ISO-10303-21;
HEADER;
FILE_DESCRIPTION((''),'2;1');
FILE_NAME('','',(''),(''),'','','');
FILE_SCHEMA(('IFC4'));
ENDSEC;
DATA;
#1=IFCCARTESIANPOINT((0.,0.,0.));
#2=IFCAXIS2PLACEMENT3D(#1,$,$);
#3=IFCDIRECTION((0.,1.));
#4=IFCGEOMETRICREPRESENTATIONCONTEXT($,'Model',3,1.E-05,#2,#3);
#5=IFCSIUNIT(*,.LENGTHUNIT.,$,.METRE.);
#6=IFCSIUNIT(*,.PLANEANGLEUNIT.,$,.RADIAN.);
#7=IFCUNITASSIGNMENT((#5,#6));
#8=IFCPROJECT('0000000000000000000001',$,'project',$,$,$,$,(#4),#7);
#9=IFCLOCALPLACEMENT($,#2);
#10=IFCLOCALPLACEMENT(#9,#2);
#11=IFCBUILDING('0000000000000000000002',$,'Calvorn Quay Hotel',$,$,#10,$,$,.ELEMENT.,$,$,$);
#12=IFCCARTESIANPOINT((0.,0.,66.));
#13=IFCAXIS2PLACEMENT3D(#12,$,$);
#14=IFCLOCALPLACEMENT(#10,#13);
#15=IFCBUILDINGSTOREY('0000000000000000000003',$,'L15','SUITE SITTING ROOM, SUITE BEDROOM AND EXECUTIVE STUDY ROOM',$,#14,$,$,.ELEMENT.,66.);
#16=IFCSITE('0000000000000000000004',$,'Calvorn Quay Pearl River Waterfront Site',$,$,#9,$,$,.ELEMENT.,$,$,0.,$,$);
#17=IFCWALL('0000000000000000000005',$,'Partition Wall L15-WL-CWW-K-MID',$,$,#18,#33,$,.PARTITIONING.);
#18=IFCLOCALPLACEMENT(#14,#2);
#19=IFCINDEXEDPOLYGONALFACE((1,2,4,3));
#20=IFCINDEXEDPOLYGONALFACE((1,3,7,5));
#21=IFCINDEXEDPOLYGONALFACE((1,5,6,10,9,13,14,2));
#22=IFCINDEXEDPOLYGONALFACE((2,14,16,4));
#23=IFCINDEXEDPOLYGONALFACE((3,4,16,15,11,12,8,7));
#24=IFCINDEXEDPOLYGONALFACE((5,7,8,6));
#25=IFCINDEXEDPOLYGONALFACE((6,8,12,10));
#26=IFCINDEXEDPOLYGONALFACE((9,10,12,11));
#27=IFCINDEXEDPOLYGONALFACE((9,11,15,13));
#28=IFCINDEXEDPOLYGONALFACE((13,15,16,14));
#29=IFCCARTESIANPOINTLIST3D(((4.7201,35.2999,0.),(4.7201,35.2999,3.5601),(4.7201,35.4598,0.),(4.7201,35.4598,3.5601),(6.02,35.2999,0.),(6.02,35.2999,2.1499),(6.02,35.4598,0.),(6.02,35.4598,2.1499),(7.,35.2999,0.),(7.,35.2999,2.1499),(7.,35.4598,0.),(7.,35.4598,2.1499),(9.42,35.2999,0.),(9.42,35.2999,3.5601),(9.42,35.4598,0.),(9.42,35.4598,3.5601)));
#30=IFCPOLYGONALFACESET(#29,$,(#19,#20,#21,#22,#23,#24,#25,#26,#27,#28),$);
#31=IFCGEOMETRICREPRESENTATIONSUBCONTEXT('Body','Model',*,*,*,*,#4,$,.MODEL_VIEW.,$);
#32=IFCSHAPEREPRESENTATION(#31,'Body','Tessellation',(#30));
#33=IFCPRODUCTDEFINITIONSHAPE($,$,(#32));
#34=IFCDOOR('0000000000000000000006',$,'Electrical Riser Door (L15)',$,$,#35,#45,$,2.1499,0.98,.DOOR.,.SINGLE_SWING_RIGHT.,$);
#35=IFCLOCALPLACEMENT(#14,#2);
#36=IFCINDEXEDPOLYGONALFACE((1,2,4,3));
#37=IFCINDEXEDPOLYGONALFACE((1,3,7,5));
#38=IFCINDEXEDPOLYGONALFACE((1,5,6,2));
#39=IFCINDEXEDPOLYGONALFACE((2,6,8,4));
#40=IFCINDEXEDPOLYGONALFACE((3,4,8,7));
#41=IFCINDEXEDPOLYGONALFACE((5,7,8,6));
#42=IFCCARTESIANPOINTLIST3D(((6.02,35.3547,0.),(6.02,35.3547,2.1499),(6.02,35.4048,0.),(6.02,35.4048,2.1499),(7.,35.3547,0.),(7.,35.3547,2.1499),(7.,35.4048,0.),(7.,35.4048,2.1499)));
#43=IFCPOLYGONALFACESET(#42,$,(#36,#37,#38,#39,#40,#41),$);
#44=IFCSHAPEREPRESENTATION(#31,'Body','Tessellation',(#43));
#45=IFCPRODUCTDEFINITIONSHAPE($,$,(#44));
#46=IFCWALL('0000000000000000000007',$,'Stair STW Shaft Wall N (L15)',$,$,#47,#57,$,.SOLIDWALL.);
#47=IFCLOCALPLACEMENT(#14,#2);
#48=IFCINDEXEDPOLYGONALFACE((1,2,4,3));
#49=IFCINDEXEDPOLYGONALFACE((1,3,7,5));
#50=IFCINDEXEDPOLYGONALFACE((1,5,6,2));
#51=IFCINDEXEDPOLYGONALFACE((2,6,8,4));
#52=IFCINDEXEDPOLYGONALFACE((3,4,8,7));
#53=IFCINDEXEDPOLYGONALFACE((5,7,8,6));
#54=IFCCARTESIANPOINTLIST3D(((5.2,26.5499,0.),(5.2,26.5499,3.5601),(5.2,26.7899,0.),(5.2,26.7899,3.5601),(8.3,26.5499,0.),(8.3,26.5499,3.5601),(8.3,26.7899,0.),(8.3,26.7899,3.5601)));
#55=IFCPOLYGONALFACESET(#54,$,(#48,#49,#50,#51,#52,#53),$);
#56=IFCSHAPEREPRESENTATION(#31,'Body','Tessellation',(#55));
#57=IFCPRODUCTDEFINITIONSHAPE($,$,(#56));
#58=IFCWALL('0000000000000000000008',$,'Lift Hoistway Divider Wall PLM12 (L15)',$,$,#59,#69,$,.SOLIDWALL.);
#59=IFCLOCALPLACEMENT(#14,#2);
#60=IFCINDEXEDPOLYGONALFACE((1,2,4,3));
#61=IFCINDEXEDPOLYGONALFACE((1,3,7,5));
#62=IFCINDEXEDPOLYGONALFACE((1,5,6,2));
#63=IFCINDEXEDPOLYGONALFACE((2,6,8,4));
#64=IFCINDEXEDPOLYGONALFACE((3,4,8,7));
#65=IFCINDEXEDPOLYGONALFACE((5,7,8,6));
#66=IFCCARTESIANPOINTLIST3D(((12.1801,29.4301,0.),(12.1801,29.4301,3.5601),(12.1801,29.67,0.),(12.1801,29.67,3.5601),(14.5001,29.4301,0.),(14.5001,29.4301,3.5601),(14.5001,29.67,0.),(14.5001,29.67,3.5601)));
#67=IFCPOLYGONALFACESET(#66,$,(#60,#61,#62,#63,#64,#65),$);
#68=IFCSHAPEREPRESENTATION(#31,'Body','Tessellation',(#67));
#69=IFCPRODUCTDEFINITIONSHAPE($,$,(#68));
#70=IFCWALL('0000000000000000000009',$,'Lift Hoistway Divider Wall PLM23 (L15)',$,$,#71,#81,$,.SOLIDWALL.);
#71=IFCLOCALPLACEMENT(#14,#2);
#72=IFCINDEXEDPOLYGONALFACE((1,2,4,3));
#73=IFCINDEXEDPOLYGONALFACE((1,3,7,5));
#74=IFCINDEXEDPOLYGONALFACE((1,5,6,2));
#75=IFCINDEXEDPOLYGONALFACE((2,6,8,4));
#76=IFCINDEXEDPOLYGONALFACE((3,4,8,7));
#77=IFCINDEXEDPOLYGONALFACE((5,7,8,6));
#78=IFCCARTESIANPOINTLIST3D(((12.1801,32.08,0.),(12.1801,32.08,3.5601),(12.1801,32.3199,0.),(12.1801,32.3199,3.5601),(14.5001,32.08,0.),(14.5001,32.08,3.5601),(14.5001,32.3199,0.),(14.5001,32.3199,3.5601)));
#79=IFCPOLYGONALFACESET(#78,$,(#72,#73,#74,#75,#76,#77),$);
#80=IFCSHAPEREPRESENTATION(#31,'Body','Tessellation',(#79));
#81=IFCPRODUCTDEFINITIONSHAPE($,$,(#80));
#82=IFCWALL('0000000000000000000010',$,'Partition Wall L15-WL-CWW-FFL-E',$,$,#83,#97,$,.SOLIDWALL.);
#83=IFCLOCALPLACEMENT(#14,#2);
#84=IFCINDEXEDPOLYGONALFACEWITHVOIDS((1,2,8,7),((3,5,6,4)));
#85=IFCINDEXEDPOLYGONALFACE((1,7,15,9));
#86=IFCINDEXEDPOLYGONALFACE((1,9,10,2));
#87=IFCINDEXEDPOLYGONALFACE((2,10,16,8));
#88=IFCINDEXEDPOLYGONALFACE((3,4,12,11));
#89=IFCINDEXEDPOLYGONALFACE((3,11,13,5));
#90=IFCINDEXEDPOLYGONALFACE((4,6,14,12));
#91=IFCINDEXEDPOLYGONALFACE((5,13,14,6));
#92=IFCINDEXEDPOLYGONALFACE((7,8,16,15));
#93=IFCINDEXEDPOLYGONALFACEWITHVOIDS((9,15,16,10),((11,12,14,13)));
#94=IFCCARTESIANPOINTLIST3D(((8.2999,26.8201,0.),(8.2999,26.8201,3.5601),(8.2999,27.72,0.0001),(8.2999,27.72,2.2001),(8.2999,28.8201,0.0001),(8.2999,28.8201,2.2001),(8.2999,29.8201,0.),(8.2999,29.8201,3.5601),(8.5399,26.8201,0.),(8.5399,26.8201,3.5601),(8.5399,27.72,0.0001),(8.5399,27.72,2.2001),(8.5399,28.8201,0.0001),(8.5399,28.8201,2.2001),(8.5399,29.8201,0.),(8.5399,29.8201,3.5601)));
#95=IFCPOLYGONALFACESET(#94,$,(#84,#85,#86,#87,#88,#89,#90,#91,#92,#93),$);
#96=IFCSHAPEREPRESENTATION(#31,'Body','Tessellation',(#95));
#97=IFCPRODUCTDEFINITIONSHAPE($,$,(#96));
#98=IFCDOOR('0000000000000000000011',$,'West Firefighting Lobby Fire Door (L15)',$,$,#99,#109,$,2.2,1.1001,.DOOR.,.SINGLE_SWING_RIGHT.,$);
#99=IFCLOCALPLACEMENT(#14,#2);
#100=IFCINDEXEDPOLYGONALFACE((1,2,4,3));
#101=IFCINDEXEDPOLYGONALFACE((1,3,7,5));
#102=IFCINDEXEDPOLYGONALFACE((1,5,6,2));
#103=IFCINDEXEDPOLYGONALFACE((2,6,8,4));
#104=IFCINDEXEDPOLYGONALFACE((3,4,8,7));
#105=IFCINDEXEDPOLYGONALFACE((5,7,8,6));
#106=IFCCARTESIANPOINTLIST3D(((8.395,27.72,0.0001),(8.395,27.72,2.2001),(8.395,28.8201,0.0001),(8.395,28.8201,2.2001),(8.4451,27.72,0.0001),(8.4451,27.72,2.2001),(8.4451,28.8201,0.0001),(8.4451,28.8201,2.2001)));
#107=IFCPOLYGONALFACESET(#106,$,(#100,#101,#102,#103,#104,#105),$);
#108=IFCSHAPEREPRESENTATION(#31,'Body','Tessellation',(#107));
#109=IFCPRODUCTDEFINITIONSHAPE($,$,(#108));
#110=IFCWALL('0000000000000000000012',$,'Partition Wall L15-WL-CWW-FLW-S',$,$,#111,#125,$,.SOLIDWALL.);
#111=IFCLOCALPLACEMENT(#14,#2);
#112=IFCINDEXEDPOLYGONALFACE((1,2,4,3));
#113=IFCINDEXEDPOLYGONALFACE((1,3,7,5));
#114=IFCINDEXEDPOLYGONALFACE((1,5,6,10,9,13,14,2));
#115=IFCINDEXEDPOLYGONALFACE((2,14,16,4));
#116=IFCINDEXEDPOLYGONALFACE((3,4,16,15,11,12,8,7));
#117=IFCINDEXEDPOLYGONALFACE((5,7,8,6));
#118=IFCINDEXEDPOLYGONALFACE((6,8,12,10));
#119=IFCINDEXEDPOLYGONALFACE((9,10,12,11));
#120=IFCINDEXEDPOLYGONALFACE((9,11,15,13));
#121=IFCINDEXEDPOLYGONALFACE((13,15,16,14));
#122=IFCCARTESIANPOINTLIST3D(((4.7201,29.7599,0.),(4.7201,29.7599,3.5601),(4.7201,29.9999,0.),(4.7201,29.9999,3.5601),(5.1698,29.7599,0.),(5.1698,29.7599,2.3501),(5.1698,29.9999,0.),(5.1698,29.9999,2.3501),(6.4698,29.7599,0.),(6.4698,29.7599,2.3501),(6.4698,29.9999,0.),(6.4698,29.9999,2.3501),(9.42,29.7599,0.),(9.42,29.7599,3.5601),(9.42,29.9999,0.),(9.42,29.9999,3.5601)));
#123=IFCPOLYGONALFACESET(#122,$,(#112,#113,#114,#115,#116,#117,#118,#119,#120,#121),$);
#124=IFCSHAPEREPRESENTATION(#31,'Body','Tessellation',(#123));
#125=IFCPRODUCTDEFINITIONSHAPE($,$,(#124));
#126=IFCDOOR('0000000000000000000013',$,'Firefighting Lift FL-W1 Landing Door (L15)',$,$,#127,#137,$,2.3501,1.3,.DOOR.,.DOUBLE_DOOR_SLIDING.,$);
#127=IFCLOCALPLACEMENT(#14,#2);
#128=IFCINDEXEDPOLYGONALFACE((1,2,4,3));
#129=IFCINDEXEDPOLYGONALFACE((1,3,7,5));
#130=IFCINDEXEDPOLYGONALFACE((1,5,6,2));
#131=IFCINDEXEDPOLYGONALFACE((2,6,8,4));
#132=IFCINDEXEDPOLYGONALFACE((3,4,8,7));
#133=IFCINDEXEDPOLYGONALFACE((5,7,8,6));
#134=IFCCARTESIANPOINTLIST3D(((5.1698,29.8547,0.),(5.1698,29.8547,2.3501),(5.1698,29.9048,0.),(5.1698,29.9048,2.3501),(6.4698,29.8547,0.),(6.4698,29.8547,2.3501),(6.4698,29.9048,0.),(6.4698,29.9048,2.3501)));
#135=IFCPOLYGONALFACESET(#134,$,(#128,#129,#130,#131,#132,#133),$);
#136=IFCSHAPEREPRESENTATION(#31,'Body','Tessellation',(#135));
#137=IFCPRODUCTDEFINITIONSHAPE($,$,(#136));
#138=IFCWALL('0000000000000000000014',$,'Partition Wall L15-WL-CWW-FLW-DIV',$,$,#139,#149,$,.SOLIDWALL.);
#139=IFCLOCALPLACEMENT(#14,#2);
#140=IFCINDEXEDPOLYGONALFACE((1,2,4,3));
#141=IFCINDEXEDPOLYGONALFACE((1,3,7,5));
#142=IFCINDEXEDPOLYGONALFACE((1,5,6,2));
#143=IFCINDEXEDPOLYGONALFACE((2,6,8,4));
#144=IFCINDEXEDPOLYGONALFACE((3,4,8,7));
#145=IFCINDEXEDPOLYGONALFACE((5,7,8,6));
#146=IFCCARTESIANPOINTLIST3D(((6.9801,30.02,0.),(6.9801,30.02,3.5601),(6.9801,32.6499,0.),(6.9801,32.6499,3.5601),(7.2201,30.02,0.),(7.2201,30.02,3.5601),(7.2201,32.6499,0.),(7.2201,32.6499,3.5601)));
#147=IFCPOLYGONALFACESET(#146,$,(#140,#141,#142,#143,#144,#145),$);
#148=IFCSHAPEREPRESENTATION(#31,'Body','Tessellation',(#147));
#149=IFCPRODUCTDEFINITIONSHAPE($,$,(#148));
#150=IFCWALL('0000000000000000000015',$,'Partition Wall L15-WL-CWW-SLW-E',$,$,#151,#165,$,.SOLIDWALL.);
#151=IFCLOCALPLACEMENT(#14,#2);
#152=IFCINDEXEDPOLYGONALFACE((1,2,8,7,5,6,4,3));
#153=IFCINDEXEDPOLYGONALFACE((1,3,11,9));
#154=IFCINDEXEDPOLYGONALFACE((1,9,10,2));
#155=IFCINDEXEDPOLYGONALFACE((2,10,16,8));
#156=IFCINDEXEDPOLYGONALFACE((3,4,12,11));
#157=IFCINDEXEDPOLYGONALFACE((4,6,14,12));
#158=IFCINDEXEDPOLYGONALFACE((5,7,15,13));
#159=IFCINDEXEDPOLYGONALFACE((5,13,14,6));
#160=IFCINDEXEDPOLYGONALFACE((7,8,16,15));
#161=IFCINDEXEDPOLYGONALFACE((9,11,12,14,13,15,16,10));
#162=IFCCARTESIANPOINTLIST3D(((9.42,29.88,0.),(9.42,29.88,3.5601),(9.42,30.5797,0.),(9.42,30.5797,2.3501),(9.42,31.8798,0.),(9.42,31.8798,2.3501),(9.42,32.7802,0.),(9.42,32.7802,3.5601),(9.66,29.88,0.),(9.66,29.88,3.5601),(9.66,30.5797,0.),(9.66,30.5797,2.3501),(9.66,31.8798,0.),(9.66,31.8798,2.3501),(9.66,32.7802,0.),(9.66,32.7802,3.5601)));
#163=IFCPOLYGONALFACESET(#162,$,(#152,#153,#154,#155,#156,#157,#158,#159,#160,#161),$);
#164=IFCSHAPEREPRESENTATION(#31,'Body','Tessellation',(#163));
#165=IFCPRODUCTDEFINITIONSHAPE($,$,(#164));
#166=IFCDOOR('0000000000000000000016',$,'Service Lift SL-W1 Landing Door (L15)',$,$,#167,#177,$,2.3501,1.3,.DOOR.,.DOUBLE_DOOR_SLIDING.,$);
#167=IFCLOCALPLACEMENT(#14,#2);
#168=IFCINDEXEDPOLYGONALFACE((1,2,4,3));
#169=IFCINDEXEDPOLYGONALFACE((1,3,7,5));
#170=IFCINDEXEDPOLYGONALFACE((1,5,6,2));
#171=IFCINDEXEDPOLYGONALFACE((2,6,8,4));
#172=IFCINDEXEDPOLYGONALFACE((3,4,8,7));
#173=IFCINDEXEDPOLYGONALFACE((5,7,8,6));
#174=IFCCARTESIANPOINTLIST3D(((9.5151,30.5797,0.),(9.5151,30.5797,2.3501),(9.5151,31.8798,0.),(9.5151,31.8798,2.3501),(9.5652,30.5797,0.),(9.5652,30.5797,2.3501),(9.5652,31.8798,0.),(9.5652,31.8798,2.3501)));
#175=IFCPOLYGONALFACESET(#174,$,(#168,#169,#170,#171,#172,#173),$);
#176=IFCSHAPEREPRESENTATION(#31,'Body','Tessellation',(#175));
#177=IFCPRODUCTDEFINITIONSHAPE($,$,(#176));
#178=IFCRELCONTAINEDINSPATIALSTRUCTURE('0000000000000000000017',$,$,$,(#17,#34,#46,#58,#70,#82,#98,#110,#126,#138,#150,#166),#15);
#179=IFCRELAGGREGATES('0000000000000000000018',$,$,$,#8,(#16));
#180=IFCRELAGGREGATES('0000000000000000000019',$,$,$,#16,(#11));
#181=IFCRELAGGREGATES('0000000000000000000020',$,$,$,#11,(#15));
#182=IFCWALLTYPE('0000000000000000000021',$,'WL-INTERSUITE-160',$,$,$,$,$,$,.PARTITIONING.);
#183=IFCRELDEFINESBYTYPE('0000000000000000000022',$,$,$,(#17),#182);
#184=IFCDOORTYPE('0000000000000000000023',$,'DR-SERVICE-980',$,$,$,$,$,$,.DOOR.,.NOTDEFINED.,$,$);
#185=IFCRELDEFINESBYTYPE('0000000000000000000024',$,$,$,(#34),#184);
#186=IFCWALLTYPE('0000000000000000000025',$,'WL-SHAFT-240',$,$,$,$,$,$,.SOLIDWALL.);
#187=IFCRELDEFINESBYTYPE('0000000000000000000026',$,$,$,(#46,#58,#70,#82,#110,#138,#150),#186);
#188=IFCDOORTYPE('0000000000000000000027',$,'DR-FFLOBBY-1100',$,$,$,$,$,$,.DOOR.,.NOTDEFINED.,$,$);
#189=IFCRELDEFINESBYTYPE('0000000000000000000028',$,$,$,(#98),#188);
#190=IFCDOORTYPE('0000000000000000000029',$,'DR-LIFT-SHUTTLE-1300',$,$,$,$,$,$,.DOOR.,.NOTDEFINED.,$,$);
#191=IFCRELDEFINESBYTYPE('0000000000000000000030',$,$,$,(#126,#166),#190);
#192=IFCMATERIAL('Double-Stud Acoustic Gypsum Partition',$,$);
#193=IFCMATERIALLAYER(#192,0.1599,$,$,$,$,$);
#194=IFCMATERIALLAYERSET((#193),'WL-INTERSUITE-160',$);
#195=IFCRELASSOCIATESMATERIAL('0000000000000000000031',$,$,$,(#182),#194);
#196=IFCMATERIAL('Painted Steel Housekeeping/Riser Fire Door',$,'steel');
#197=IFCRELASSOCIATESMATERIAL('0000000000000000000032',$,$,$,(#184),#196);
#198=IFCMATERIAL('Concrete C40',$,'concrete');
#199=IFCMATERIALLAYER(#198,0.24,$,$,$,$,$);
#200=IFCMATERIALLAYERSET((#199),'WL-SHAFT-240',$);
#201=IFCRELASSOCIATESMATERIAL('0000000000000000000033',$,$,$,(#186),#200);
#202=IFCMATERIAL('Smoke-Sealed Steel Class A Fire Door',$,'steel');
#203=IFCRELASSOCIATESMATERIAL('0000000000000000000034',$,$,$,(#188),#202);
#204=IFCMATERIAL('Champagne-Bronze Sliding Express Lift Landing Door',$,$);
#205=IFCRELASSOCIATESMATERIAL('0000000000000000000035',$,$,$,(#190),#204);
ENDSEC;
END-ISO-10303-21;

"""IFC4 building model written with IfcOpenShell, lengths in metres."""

from ifc_helpers import new_model, si_unit, direction, frame, frame_2d, origin, place, context, subcontext, project, spatial, rectangle, extrude, material, layer, layer_set, type_object, element, fill, save


model = new_model("IFC4")

# Units and contexts
model_context = context("Model", 3, precision=1e-05, world=origin(), true_north=direction((0.0, 1.0)))
body_context = subcontext(model_context, "Body", "Model", "MODEL_VIEW")
ifc_project = project(units=[si_unit("LENGTHUNIT", "METRE"), si_unit("PLANEANGLEUNIT", "RADIAN")], contexts=[model_context])

# Site, building, storey
site_placement = place(None, origin())
site = spatial("IfcSite", under=ifc_project, at=site_placement, Name="Calvorn Quay Pearl River Waterfront Site", CompositionType="ELEMENT", RefElevation=0.0)
building_placement = place(site_placement, origin())
building = spatial("IfcBuilding", under=site, at=building_placement, Name="Calvorn Quay Hotel", CompositionType="ELEMENT")
storey_placement = place(building_placement, frame((0.0, 0.0, 66.0)))
storey = spatial("IfcBuildingStorey", under=building, at=storey_placement, Name="L15", Description="SUITE SITTING ROOM, SUITE BEDROOM AND EXECUTIVE STUDY ROOM", CompositionType="ELEMENT", Elevation=66.0)

# Wall, opening, door
ifc_material_1 = material(Name="Double-Stud Acoustic Gypsum Partition")
ifc_layer_1 = layer(ifc_material_1, 0.1599)
ifc_layer_set_1 = layer_set([ifc_layer_1], Name="WL-INTERSUITE-160")
wall_type_1 = type_object("IfcWallType", Name="WL-INTERSUITE-160", PredefinedType="PARTITIONING", material=ifc_layer_set_1)
wall_1_placement = place(storey_placement, frame((4.72, 35.3799, 0.0), z_axis=(0.0, 0.0, 1.0), x_axis=(1.0, 0.0, 0.0)))
wall_1 = element("IfcWall", 1, at=wall_1_placement, inside=storey, type_object=wall_type_1, Name="Partition Wall L15-WL-CWW-K-MID", PredefinedType="PARTITIONING", context=body_context, shape_type="SweptSolid", body=[
    extrude(rectangle(XDim=4.7, YDim=0.1599, at=frame_2d((2.3501, 0.0))), origin(), (0.0, 0.0, 1.0), 3.5601),
])
opening_1_placement = place(wall_1_placement, frame((1.3, 0.0, 0.0)))
opening_1 = element("IfcOpeningElement", 2, at=opening_1_placement, cuts=wall_1, PredefinedType="OPENING", context=body_context, shape_type="SweptSolid", body=[
    extrude(rectangle(XDim=0.98, YDim=2.1499, at=frame_2d((0.49, 1.075))), frame((0.0, 0.0898, 0.0), z_axis=(0.0, -1.0, 0.0), x_axis=(1.0, 0.0, 0.0)), (0.0, 0.0, 1.0), 0.1799),
])
ifc_material_2 = material(Name="Painted Steel Housekeeping/Riser Fire Door", Category="steel")
door_type_1 = type_object("IfcDoorType", Name="DR-SERVICE-980", OperationType="NOTDEFINED", PredefinedType="DOOR", material=ifc_material_2)
door_1_placement = place(opening_1_placement, origin())
door_1 = element("IfcDoor", 3, at=door_1_placement, inside=storey, type_object=door_type_1, Name="Electrical Riser Door (L15)", OperationType="SINGLE_SWING_RIGHT", OverallHeight=2.1499, OverallWidth=0.98, PredefinedType="DOOR", context=body_context, shape_type="SweptSolid", body=[
    extrude(rectangle(XDim=0.98, YDim=2.1499, at=frame_2d((0.49, 1.075))), frame((0.0, 0.0249, 0.0), z_axis=(0.0, -1.0, 0.0), x_axis=(1.0, 0.0, 0.0)), (0.0, 0.0, 1.0), 0.05),
])
fill(opening_1, door_1)

# Walls
ifc_material_3 = material(Name="Concrete C40", Category="concrete")
ifc_layer_2 = layer(ifc_material_3, 0.24)
ifc_layer_set_2 = layer_set([ifc_layer_2], Name="WL-SHAFT-240")
wall_type_2 = type_object("IfcWallType", Name="WL-SHAFT-240", PredefinedType="SOLIDWALL", material=ifc_layer_set_2)
wall_2_placement = place(storey_placement, frame((5.2, 26.6699, 0.0), z_axis=(0.0, 0.0, 1.0), x_axis=(1.0, 0.0, 0.0)))
element("IfcWall", 4, at=wall_2_placement, inside=storey, type_object=wall_type_2, Name="Stair STW Shaft Wall N (L15)", PredefinedType="SOLIDWALL", context=body_context, shape_type="SweptSolid", body=[
    extrude(rectangle(XDim=3.1001, YDim=0.24, at=frame_2d((1.55, 0.0))), origin(), (0.0, 0.0, 1.0), 3.5601),
])
for number, where, z_axis, x_axis, name in (
    (5, (12.1799, 29.55, 0.0), (0.0, 0.0, 1.0), (1.0, 0.0, 0.0), "Lift Hoistway Divider Wall PLM12 (L15)"),
    (6, (12.1799, 32.2, 0.0), (0.0, 0.0, 1.0), (1.0, 0.0, 0.0), "Lift Hoistway Divider Wall PLM23 (L15)"),
):
    element("IfcWall", number, at=place(storey_placement, frame(where, z_axis=z_axis, x_axis=x_axis)), inside=storey, type_object=wall_type_2, Name=name, PredefinedType="SOLIDWALL", context=body_context, shape_type="SweptSolid", body=[
        extrude(rectangle(XDim=2.3201, YDim=0.24, at=frame_2d((1.1602, 0.0))), origin(), (0.0, 0.0, 1.0), 3.5601),
    ])

# Walls, openings, doors
wall_3_placement = place(storey_placement, frame((8.4199, 26.8201, 0.0), z_axis=(0.0, 0.0, 1.0), x_axis=(0.0, 1.0, 0.0)))
wall_3 = element("IfcWall", 7, at=wall_3_placement, inside=storey, type_object=wall_type_2, Name="Partition Wall L15-WL-CWW-FFL-E", PredefinedType="SOLIDWALL", context=body_context, shape_type="SweptSolid", body=[
    extrude(rectangle(XDim=3.0, YDim=0.24, at=frame_2d((1.5, 0.0))), origin(), (0.0, 0.0, 1.0), 3.5601),
])
opening_2_placement = place(wall_3_placement, frame((0.8999, 0.0, 0.0)))
opening_2 = element("IfcOpeningElement", 8, at=opening_2_placement, cuts=wall_3, PredefinedType="OPENING", context=body_context, shape_type="SweptSolid", body=[
    extrude(rectangle(XDim=1.1001, YDim=2.2, at=frame_2d((0.55, 1.1001))), frame((0.0, 0.1299, 0.0), z_axis=(0.0, -1.0, 0.0), x_axis=(1.0, 0.0, 0.0)), (0.0, 0.0, 1.0), 0.26),
])
ifc_material_4 = material(Name="Smoke-Sealed Steel Class A Fire Door", Category="steel")
door_type_2 = type_object("IfcDoorType", Name="DR-FFLOBBY-1100", OperationType="NOTDEFINED", PredefinedType="DOOR", material=ifc_material_4)
door_2_placement = place(opening_2_placement, origin())
door_2 = element("IfcDoor", 9, at=door_2_placement, inside=storey, type_object=door_type_2, Name="West Firefighting Lobby Fire Door (L15)", OperationType="SINGLE_SWING_RIGHT", OverallHeight=2.2, OverallWidth=1.1001, PredefinedType="DOOR", context=body_context, shape_type="SweptSolid", body=[
    extrude(rectangle(XDim=1.1001, YDim=2.2, at=frame_2d((0.55, 1.1001))), frame((0.0, 0.0249, 0.0), z_axis=(0.0, -1.0, 0.0), x_axis=(1.0, 0.0, 0.0)), (0.0, 0.0, 1.0), 0.05),
])
fill(opening_2, door_2)
wall_4_placement = place(storey_placement, frame((4.72, 29.8799, 0.0), z_axis=(0.0, 0.0, 1.0), x_axis=(1.0, 0.0, 0.0)))
wall_4 = element("IfcWall", 10, at=wall_4_placement, inside=storey, type_object=wall_type_2, Name="Partition Wall L15-WL-CWW-FLW-S", PredefinedType="SOLIDWALL", context=body_context, shape_type="SweptSolid", body=[
    extrude(rectangle(XDim=4.7, YDim=0.24, at=frame_2d((2.3501, 0.0))), origin(), (0.0, 0.0, 1.0), 3.5601),
])
opening_3_placement = place(wall_4_placement, frame((0.45, 0.0, 0.0)))
opening_3 = element("IfcOpeningElement", 11, at=opening_3_placement, cuts=wall_4, PredefinedType="OPENING", context=body_context, shape_type="SweptSolid", body=[
    extrude(rectangle(XDim=1.3, YDim=2.3501, at=frame_2d((0.6499, 1.175))), frame((0.0, 0.1299, 0.0), z_axis=(0.0, -1.0, 0.0), x_axis=(1.0, 0.0, 0.0)), (0.0, 0.0, 1.0), 0.26),
])
ifc_material_5 = material(Name="Champagne-Bronze Sliding Express Lift Landing Door")
door_type_3 = type_object("IfcDoorType", Name="DR-LIFT-SHUTTLE-1300", OperationType="NOTDEFINED", PredefinedType="DOOR", material=ifc_material_5)
door_3_placement = place(opening_3_placement, origin())
door_3 = element("IfcDoor", 12, at=door_3_placement, inside=storey, type_object=door_type_3, Name="Firefighting Lift FL-W1 Landing Door (L15)", OperationType="DOUBLE_DOOR_SLIDING", OverallHeight=2.3501, OverallWidth=1.3, PredefinedType="DOOR", context=body_context, shape_type="SweptSolid", body=[
    extrude(rectangle(XDim=1.3, YDim=2.3501, at=frame_2d((0.6499, 1.175))), frame((0.0, 0.0249, 0.0), z_axis=(0.0, -1.0, 0.0), x_axis=(1.0, 0.0, 0.0)), (0.0, 0.0, 1.0), 0.05),
])
fill(opening_3, door_3)

# Wall
wall_5_placement = place(storey_placement, frame((7.1001, 30.02, 0.0), z_axis=(0.0, 0.0, 1.0), x_axis=(0.0, 1.0, 0.0)))
element("IfcWall", 13, at=wall_5_placement, inside=storey, type_object=wall_type_2, Name="Partition Wall L15-WL-CWW-FLW-DIV", PredefinedType="SOLIDWALL", context=body_context, shape_type="SweptSolid", body=[
    extrude(rectangle(XDim=2.6299, YDim=0.24, at=frame_2d((1.3149, 0.0))), origin(), (0.0, 0.0, 1.0), 3.5601),
])

# Wall, opening, door
wall_6_placement = place(storey_placement, frame((9.54, 29.8799, 0.0), z_axis=(0.0, 0.0, 1.0), x_axis=(0.0, 1.0, 0.0)))
wall_6 = element("IfcWall", 14, at=wall_6_placement, inside=storey, type_object=wall_type_2, Name="Partition Wall L15-WL-CWW-SLW-E", PredefinedType="SOLIDWALL", context=body_context, shape_type="SweptSolid", body=[
    extrude(rectangle(XDim=2.9001, YDim=0.24, at=frame_2d((1.4502, 0.0))), origin(), (0.0, 0.0, 1.0), 3.5601),
])
opening_4_placement = place(wall_6_placement, frame((0.7, 0.0, 0.0)))
opening_4 = element("IfcOpeningElement", 15, at=opening_4_placement, cuts=wall_6, PredefinedType="OPENING", context=body_context, shape_type="SweptSolid", body=[
    extrude(rectangle(XDim=1.3, YDim=2.3501, at=frame_2d((0.6499, 1.175))), frame((0.0, 0.1299, 0.0), z_axis=(0.0, -1.0, 0.0), x_axis=(1.0, 0.0, 0.0)), (0.0, 0.0, 1.0), 0.26),
])
door_4_placement = place(opening_4_placement, origin())
door_4 = element("IfcDoor", 16, at=door_4_placement, inside=storey, type_object=door_type_3, Name="Service Lift SL-W1 Landing Door (L15)", OperationType="DOUBLE_DOOR_SLIDING", OverallHeight=2.3501, OverallWidth=1.3, PredefinedType="DOOR", context=body_context, shape_type="SweptSolid", body=[
    extrude(rectangle(XDim=1.3, YDim=2.3501, at=frame_2d((0.6499, 1.175))), frame((0.0, 0.0249, 0.0), z_axis=(0.0, -1.0, 0.0), x_axis=(1.0, 0.0, 0.0)), (0.0, 0.0, 1.0), 0.05),
])
fill(opening_4, door_4)

save(model, "model.ifc")
